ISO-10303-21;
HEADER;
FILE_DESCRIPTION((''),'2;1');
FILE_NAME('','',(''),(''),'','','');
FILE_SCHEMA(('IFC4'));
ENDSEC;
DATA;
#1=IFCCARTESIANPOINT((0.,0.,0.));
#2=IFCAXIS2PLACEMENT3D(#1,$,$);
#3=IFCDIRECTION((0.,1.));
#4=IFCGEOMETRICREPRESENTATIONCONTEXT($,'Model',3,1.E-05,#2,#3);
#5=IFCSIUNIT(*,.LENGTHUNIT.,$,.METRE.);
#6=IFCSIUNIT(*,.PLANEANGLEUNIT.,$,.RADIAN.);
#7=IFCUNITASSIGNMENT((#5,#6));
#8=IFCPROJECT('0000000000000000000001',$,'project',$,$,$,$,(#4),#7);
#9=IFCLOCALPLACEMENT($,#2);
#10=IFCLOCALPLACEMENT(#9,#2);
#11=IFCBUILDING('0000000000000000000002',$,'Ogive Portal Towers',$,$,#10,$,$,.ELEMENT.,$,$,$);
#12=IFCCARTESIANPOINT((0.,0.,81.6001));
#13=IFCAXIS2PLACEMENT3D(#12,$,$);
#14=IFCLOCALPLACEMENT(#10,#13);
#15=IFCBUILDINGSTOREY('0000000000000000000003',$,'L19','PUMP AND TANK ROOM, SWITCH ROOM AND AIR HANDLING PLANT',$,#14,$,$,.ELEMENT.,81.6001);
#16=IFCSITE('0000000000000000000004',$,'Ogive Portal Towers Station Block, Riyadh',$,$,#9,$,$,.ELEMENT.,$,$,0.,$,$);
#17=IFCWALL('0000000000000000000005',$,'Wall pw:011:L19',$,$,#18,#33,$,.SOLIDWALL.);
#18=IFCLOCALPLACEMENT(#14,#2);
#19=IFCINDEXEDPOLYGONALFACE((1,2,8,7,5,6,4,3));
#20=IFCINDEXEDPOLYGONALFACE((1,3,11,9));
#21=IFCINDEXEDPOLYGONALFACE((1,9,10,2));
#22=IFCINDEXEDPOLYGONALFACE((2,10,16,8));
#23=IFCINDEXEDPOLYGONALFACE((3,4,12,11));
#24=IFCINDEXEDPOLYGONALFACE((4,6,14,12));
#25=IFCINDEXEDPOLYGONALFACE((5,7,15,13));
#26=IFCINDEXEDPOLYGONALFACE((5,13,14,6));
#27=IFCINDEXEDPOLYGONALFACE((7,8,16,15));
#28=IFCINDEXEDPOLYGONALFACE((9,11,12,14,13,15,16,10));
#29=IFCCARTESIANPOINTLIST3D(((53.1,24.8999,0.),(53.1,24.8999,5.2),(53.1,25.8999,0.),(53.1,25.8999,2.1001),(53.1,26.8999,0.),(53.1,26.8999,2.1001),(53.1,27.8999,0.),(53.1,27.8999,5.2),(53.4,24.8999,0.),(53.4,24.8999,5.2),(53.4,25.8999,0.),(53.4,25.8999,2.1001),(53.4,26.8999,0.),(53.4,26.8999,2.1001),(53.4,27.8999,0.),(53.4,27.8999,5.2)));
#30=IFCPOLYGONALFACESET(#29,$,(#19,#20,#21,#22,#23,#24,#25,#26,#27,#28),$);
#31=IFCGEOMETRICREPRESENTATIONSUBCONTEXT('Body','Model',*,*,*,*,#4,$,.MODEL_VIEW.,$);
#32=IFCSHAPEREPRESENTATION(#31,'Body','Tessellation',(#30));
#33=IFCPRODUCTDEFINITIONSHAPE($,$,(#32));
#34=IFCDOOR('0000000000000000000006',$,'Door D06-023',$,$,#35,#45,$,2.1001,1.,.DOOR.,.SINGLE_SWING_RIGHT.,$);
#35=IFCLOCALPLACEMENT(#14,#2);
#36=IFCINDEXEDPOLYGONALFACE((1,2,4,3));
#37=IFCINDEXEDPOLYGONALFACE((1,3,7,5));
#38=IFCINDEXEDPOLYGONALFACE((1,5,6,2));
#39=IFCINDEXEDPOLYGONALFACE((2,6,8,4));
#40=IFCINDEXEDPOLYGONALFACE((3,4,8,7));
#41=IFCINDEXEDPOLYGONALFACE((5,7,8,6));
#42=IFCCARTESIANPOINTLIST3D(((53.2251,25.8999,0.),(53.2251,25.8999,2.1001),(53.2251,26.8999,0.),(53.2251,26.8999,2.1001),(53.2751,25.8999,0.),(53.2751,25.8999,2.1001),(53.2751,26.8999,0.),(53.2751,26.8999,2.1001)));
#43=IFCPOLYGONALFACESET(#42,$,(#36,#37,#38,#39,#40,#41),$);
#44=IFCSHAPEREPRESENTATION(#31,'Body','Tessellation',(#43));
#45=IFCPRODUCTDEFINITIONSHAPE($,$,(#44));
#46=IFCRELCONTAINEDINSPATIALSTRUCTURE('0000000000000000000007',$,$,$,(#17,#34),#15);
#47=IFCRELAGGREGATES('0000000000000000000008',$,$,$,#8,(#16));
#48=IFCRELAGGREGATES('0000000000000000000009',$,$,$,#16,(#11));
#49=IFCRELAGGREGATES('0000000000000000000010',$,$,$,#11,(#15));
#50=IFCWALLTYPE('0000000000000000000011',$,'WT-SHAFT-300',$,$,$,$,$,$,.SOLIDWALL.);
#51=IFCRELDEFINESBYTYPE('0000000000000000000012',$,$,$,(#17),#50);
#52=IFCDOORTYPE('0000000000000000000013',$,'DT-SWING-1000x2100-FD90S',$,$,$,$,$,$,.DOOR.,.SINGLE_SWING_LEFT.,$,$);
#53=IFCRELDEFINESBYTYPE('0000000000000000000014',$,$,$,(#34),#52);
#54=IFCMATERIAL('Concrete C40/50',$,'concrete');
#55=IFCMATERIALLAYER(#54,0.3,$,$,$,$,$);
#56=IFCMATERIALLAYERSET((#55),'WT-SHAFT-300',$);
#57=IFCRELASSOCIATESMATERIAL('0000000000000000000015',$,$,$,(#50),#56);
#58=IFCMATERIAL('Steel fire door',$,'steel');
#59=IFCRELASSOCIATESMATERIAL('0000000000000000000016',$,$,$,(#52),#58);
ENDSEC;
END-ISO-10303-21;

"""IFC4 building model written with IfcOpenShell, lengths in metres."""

from ifc_helpers import new_model, si_unit, direction, frame, frame_2d, origin, place, context, subcontext, project, spatial, rectangle, extrude, material, layer, layer_set, type_object, element, fill, save


model = new_model("IFC4")

# Units and contexts
model_context = context("Model", 3, precision=1e-05, world=origin(), true_north=direction((0.0, 1.0)))
body_context = subcontext(model_context, "Body", "Model", "MODEL_VIEW")
ifc_project = project(units=[si_unit("LENGTHUNIT", "METRE"), si_unit("PLANEANGLEUNIT", "RADIAN")], contexts=[model_context])

# Site, building, storey
site_placement = place(None, origin())
site = spatial("IfcSite", under=ifc_project, at=site_placement, Name="Ogive Portal Towers Station Block, Riyadh", CompositionType="ELEMENT", RefElevation=0.0)
building_placement = place(site_placement, origin())
building = spatial("IfcBuilding", under=site, at=building_placement, Name="Ogive Portal Towers", CompositionType="ELEMENT")
storey_placement = place(building_placement, frame((0.0, 0.0, 81.6001)))
storey = spatial("IfcBuildingStorey", under=building, at=storey_placement, Name="L19", Description="PUMP AND TANK ROOM, SWITCH ROOM AND AIR HANDLING PLANT", CompositionType="ELEMENT", Elevation=81.6001)

# Shared definitions
ifc_material_1 = material(Name="Steel fire door", Category="steel")

# Shared definitions
ifc_material_2 = material(Name="Concrete C40/50", Category="concrete")
ifc_layer_1 = layer(ifc_material_2, 0.3)
ifc_layer_set_1 = layer_set([ifc_layer_1], Name="WT-SHAFT-300")
wall_type_1 = type_object("IfcWallType", Name="WT-SHAFT-300", PredefinedType="SOLIDWALL", material=ifc_layer_set_1)

# Wall, opening, door
wall_1_placement = place(storey_placement, frame((53.25, 24.8999, 0.0), z_axis=(0.0, 0.0, 1.0), x_axis=(0.0, 1.0, 0.0)))
wall_1 = element("IfcWall", 1, at=wall_1_placement, inside=storey, type_object=wall_type_1, Name="Wall pw:011:L19", PredefinedType="SOLIDWALL", context=body_context, shape_type="SweptSolid", body=[
    extrude(rectangle(XDim=3.0, YDim=0.3, at=frame_2d((1.5, 0.0))), origin(), (0.0, 0.0, 1.0), 5.2),
])
opening_1_placement = place(wall_1_placement, frame((1.0, 0.0, 0.0)))
opening_1 = element("IfcOpeningElement", 2, at=opening_1_placement, cuts=wall_1, PredefinedType="OPENING", context=body_context, shape_type="SweptSolid", body=[
    extrude(rectangle(XDim=1.0, YDim=2.1001, at=frame_2d((0.5, 1.05))), frame((0.0, 0.1602, 0.0), z_axis=(0.0, -1.0, 0.0), x_axis=(1.0, 0.0, 0.0)), (0.0, 0.0, 1.0), 0.3201),
])
door_type_1 = type_object("IfcDoorType", Name="DT-SWING-1000x2100-FD90S", OperationType="SINGLE_SWING_LEFT", PredefinedType="DOOR", material=ifc_material_1)
door_1_placement = place(opening_1_placement, origin())
door_1 = element("IfcDoor", 3, at=door_1_placement, inside=storey, type_object=door_type_1, Name="Door D06-023", OperationType="SINGLE_SWING_RIGHT", OverallHeight=2.1001, OverallWidth=1.0, PredefinedType="DOOR", context=body_context, shape_type="SweptSolid", body=[
    extrude(rectangle(XDim=1.0, YDim=2.1001, at=frame_2d((0.5, 1.05))), frame((0.0, 0.0249, 0.0), z_axis=(0.0, -1.0, 0.0), x_axis=(1.0, 0.0, 0.0)), (0.0, 0.0, 1.0), 0.05),
])
fill(opening_1, door_1)

save(model, "model.ifc")
